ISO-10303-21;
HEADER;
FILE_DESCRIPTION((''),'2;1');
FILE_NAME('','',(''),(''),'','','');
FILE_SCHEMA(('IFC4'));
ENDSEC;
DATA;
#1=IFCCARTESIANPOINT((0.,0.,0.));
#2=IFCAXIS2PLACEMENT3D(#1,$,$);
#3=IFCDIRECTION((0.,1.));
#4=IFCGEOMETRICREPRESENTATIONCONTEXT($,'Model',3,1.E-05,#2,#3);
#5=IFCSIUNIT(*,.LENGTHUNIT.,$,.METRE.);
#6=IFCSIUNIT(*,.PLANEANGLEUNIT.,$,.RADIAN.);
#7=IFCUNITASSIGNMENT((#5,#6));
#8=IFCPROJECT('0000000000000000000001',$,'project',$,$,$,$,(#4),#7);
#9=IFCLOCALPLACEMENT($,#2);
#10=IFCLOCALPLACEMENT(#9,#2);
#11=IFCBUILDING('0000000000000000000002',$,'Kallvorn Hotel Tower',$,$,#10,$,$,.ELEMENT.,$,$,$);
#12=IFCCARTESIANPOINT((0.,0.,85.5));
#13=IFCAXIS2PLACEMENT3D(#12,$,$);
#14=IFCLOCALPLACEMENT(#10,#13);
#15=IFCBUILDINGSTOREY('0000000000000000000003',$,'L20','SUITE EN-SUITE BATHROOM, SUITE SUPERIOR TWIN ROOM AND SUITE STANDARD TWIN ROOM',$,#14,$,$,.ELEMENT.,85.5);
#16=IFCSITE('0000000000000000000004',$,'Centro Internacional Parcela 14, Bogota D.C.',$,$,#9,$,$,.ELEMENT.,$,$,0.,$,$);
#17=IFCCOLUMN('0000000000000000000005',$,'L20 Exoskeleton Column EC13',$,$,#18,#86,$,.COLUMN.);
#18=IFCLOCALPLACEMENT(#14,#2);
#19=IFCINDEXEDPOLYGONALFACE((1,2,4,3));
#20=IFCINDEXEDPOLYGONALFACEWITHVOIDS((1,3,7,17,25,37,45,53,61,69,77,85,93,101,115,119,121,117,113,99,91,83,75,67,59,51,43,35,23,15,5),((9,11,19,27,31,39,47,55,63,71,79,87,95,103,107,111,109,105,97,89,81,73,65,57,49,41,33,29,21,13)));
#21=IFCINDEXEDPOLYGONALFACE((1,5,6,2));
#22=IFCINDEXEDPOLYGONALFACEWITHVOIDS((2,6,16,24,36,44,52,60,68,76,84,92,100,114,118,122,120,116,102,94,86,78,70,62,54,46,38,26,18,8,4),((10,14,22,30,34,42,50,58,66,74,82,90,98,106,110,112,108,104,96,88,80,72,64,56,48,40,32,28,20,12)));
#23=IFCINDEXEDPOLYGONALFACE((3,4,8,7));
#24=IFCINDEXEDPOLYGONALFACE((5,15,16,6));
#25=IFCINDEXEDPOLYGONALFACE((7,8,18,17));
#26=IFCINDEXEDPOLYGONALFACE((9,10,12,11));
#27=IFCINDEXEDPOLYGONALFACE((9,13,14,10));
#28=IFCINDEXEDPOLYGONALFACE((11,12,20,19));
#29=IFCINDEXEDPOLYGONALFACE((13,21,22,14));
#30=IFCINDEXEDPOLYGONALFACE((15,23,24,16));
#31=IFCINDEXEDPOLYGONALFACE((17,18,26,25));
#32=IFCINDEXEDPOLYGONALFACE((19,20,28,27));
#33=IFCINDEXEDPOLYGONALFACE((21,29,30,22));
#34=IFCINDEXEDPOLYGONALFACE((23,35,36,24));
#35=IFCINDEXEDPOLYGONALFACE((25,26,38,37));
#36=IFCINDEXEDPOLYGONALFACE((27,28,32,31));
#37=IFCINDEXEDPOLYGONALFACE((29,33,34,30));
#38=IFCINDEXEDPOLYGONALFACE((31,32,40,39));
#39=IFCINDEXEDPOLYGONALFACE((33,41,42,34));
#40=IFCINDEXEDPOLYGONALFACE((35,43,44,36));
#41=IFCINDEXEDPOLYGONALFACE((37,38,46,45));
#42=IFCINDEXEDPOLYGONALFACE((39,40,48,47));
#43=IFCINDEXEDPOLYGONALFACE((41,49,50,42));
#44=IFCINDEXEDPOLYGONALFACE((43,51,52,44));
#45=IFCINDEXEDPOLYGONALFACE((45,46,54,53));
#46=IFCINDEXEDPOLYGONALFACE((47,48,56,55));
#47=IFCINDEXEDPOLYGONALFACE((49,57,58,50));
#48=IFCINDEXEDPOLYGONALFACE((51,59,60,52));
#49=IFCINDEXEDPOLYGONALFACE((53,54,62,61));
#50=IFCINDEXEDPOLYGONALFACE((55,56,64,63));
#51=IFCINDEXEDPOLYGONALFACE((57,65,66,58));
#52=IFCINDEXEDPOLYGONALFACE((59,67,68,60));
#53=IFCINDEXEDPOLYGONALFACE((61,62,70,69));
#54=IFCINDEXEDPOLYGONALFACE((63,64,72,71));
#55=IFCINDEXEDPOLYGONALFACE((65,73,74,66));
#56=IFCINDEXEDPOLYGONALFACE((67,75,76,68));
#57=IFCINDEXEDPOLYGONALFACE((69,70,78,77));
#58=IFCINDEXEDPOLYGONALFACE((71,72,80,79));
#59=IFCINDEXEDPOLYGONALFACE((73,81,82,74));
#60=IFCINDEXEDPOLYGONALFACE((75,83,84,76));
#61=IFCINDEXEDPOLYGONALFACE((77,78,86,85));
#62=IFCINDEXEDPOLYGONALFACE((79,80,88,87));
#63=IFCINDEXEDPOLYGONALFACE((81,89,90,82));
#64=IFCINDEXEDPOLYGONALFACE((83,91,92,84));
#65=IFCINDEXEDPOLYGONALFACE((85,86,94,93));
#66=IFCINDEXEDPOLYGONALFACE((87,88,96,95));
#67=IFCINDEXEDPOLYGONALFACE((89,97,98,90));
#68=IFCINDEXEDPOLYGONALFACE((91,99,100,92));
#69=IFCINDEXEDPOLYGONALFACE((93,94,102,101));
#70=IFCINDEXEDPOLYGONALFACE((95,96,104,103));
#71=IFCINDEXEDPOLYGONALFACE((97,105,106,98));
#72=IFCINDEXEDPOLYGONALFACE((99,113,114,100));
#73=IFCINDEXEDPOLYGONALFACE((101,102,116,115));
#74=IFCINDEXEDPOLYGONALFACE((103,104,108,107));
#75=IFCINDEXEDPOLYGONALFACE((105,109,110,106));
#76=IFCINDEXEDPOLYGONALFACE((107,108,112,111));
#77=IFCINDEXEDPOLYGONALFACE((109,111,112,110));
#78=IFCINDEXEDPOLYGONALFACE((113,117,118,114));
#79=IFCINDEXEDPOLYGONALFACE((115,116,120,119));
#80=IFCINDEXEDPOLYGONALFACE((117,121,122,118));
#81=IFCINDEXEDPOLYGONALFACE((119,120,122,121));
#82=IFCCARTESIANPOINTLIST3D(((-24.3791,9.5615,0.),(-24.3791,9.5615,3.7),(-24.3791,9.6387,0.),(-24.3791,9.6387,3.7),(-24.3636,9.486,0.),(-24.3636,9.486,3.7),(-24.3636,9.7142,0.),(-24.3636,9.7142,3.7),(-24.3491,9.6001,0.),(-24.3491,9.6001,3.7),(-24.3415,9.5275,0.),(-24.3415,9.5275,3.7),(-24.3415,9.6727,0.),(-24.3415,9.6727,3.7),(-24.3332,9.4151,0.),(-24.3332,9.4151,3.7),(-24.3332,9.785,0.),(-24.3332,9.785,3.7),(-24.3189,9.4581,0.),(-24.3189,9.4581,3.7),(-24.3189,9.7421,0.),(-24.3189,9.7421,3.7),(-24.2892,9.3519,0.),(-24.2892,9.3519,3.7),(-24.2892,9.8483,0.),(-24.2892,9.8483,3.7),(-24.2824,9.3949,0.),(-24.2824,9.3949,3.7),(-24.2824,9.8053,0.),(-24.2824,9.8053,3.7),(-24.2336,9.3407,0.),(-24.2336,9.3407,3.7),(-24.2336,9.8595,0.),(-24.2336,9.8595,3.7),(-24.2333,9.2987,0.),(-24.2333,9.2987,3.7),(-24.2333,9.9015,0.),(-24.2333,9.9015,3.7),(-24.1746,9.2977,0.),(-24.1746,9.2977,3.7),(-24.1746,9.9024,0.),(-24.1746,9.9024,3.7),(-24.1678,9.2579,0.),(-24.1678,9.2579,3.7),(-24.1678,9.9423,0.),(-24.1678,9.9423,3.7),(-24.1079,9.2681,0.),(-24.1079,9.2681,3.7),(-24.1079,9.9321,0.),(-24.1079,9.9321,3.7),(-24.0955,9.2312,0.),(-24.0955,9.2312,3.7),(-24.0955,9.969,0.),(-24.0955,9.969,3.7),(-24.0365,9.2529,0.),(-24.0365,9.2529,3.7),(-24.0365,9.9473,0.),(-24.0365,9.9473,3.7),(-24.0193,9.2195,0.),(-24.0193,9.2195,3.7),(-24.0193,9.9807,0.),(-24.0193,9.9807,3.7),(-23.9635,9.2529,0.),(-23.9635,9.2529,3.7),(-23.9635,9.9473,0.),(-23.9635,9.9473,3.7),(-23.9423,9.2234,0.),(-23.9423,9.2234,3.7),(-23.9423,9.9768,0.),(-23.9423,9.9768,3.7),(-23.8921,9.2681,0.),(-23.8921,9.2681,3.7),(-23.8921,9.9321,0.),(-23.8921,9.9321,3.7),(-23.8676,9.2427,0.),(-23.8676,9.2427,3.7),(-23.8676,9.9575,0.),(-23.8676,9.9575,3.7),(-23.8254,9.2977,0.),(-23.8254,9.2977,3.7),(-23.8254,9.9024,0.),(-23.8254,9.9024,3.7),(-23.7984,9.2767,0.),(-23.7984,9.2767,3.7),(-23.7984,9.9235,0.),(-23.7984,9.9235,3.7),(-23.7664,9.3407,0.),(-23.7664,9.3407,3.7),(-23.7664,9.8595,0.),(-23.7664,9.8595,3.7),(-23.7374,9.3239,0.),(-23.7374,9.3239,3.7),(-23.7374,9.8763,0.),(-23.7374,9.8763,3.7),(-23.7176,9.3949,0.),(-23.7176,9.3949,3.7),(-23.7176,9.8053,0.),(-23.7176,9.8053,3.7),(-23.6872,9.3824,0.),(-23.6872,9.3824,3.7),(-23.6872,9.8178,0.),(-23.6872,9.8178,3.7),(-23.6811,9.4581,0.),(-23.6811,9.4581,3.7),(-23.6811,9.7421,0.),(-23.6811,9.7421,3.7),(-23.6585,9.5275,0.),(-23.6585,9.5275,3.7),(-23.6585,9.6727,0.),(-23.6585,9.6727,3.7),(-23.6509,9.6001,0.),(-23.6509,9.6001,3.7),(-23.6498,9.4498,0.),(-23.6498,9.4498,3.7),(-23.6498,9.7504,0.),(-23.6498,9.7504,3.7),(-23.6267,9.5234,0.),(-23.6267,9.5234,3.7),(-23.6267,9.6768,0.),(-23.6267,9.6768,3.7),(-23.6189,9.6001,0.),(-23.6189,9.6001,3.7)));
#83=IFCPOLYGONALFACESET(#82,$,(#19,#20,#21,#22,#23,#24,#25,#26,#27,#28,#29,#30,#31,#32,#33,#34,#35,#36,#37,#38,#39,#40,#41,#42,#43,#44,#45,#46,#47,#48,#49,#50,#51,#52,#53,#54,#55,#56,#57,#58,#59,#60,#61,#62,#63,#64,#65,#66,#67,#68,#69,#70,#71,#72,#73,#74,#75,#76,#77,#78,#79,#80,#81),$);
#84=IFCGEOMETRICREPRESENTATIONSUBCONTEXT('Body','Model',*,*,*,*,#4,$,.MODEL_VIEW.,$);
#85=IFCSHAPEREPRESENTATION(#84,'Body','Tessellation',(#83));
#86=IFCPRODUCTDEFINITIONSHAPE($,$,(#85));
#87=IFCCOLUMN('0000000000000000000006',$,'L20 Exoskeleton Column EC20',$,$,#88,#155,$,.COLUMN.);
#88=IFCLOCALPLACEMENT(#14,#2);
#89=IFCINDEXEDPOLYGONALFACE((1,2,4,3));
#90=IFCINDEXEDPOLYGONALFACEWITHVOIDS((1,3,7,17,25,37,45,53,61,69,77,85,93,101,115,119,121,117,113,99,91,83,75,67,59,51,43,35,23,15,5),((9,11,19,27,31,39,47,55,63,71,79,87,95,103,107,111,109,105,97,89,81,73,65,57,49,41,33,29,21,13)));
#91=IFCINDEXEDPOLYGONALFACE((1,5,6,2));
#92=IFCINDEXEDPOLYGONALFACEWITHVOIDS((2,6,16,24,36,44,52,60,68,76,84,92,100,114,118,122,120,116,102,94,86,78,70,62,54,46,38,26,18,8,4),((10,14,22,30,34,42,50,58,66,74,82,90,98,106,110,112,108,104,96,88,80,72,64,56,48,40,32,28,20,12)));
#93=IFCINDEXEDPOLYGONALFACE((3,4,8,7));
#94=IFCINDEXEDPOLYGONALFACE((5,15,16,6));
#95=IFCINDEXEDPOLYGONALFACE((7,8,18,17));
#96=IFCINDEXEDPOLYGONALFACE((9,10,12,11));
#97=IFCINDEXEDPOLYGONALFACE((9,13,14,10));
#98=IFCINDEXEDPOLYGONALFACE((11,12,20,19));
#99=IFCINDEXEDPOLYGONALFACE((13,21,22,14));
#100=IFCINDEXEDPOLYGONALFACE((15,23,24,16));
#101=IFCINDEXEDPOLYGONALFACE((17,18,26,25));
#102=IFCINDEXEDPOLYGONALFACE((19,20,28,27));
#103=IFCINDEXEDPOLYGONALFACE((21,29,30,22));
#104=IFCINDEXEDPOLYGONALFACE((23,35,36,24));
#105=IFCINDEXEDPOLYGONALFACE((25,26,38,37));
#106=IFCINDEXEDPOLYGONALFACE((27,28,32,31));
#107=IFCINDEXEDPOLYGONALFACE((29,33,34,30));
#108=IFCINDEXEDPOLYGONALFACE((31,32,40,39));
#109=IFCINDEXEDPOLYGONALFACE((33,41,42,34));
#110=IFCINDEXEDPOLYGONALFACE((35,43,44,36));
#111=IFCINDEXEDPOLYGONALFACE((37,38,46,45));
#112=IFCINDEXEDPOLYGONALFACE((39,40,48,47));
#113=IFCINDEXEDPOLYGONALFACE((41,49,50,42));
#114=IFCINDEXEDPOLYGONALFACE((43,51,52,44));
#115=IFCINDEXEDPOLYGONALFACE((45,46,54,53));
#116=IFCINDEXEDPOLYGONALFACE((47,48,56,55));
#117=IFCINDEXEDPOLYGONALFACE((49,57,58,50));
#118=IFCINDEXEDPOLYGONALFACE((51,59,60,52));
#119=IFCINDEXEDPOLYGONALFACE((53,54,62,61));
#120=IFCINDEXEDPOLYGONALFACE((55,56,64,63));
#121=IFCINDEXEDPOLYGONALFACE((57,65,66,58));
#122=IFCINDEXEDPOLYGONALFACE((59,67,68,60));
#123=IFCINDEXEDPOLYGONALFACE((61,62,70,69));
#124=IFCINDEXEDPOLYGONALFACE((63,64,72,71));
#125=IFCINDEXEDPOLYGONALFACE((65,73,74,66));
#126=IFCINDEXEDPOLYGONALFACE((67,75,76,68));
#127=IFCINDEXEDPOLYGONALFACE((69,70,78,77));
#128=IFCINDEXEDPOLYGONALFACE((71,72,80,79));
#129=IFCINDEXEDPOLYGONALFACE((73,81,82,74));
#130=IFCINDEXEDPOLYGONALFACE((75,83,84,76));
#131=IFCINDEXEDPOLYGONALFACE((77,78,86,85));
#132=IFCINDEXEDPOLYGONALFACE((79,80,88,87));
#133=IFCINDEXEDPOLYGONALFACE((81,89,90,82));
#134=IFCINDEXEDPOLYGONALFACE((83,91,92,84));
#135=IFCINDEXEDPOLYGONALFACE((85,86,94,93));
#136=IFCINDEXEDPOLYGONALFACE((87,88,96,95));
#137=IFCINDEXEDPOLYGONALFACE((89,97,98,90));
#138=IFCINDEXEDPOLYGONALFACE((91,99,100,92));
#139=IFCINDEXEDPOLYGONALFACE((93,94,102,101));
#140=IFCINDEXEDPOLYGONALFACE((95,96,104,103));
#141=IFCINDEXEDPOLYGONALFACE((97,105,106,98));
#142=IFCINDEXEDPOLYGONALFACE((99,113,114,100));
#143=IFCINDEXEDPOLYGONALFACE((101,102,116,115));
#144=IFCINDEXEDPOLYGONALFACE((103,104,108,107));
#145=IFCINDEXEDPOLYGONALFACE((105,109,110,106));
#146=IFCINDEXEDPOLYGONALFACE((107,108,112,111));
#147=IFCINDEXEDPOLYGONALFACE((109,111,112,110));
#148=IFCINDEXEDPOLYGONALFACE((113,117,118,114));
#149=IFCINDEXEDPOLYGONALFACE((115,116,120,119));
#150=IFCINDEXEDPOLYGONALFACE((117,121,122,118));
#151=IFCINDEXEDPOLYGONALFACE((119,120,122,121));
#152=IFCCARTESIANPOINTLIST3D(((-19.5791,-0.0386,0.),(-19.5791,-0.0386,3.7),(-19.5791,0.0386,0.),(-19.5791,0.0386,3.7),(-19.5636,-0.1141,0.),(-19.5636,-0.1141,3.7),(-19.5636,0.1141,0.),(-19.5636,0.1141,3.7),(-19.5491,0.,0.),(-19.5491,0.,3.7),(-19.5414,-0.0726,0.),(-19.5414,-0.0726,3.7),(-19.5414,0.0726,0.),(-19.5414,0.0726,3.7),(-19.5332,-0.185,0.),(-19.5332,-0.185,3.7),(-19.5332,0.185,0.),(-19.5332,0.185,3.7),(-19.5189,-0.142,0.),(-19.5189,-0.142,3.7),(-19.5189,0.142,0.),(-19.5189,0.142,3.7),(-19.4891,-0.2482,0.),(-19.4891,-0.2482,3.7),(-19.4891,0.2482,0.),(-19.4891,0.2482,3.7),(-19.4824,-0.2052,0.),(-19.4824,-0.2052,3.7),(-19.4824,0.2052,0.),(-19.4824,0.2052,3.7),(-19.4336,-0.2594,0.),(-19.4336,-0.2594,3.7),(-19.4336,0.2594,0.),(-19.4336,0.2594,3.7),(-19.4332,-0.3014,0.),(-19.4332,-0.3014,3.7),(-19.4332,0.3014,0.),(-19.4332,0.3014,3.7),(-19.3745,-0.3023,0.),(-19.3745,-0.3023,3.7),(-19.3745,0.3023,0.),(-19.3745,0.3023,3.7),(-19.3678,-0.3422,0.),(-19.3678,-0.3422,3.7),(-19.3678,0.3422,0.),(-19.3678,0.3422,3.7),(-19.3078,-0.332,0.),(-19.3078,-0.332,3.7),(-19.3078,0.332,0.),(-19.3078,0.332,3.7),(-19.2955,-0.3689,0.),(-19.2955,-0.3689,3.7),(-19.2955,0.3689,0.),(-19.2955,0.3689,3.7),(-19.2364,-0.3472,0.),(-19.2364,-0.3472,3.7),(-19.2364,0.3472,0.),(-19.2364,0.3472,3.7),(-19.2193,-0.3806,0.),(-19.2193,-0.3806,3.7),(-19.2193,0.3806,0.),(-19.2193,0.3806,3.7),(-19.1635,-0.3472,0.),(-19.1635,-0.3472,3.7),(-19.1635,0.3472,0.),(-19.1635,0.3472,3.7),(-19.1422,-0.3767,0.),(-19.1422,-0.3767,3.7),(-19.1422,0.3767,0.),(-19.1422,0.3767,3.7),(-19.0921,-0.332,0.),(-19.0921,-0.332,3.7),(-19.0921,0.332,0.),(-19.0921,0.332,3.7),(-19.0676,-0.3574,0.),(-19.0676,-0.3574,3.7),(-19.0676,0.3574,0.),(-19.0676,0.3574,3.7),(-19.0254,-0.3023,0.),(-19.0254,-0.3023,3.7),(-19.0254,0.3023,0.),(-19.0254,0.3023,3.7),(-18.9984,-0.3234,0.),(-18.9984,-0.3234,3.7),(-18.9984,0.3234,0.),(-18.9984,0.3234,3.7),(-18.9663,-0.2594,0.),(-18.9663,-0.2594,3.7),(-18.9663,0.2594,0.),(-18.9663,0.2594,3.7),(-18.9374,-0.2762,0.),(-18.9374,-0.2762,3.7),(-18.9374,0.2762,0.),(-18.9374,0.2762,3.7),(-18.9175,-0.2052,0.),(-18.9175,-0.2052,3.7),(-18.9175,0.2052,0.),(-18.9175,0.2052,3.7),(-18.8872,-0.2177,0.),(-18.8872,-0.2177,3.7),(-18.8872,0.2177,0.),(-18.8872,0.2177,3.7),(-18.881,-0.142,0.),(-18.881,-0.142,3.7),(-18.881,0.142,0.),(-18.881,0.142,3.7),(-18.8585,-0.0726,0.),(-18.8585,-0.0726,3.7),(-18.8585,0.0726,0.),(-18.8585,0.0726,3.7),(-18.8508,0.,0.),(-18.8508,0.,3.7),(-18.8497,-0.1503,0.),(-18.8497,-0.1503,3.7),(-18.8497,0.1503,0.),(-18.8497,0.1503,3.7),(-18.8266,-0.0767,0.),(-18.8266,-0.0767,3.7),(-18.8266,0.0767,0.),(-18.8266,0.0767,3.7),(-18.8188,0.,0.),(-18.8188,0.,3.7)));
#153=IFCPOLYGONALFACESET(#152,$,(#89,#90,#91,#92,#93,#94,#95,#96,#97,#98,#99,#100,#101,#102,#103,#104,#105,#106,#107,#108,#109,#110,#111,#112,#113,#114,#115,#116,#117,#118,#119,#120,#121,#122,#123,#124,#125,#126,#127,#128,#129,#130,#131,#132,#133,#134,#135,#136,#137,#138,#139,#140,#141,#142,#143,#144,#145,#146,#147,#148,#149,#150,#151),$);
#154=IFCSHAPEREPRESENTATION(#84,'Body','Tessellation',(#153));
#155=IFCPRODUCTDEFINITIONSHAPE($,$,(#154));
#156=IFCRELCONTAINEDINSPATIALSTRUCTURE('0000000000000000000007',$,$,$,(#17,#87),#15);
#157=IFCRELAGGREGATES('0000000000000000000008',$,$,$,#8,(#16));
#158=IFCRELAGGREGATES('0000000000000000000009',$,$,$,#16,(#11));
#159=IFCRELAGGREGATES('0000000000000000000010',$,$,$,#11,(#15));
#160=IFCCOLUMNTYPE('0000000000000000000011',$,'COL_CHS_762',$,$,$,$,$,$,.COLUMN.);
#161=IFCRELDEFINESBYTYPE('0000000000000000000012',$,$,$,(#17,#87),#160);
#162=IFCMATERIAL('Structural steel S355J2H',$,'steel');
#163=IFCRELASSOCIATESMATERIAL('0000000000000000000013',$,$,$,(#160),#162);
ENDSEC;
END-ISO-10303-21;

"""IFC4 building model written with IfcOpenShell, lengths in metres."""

from ifc_helpers import new_model, si_unit, direction, frame, origin, origin_2d, place, context, subcontext, project, spatial, hollow_circle, extrude, material, material_profile, profile_set, type_object, element, save


model = new_model("IFC4")

# Units and contexts
model_context = context("Model", 3, precision=1e-05, world=origin(), true_north=direction((0.0, 1.0)))
body_context = subcontext(model_context, "Body", "Model", "MODEL_VIEW")
ifc_project = project(units=[si_unit("LENGTHUNIT", "METRE"), si_unit("PLANEANGLEUNIT", "RADIAN")], contexts=[model_context])

# Site, building, storey
site_placement = place(None, origin())
site = spatial("IfcSite", under=ifc_project, at=site_placement, Name="Centro Internacional Parcela 14, Bogota D.C.", CompositionType="ELEMENT", RefElevation=0.0)
building_placement = place(site_placement, origin())
building = spatial("IfcBuilding", under=site, at=building_placement, Name="Kallvorn Hotel Tower", CompositionType="ELEMENT")
storey_placement = place(building_placement, frame((0.0, 0.0, 85.5)))
storey = spatial("IfcBuildingStorey", under=building, at=storey_placement, Name="L20", Description="SUITE EN-SUITE BATHROOM, SUITE SUPERIOR TWIN ROOM AND SUITE STANDARD TWIN ROOM", CompositionType="ELEMENT", Elevation=85.5)

# Columns
ifc_material_1 = material(Name="Structural steel S355J2H", Category="steel")
ifc_material_profile_1 = material_profile(ifc_material_1, hollow_circle(Radius=0.3811, WallThickness=0.032, at=origin_2d()), Name="CHS 762x32")
ifc_profile_set_1 = profile_set([ifc_material_profile_1], Name="Structural steel S355J2H")
column_type_1 = type_object("IfcColumnType", Name="COL_CHS_762", PredefinedType="COLUMN", material=ifc_profile_set_1)
for number, where, z_axis, x_axis, name in (
    (1, (-24.0, 9.6001, 0.0), (0.0, 0.0, 1.0), (1.0, 0.0, 0.0), "L20 Exoskeleton Column EC13"),
    (2, (-19.2, 0.0, 0.0), (0.0, 0.0, 1.0), (1.0, 0.0, 0.0), "L20 Exoskeleton Column EC20"),
):
    element("IfcColumn", number, at=place(storey_placement, frame(where, z_axis=z_axis, x_axis=x_axis)), inside=storey, type_object=column_type_1, Name=name, PredefinedType="COLUMN", context=body_context, shape_type="SweptSolid", body=[
        extrude(hollow_circle(Radius=0.3811, WallThickness=0.032, at=origin_2d()), origin(), (0.0, 0.0, 1.0), 3.7),
    ])

save(model, "model.ifc")
